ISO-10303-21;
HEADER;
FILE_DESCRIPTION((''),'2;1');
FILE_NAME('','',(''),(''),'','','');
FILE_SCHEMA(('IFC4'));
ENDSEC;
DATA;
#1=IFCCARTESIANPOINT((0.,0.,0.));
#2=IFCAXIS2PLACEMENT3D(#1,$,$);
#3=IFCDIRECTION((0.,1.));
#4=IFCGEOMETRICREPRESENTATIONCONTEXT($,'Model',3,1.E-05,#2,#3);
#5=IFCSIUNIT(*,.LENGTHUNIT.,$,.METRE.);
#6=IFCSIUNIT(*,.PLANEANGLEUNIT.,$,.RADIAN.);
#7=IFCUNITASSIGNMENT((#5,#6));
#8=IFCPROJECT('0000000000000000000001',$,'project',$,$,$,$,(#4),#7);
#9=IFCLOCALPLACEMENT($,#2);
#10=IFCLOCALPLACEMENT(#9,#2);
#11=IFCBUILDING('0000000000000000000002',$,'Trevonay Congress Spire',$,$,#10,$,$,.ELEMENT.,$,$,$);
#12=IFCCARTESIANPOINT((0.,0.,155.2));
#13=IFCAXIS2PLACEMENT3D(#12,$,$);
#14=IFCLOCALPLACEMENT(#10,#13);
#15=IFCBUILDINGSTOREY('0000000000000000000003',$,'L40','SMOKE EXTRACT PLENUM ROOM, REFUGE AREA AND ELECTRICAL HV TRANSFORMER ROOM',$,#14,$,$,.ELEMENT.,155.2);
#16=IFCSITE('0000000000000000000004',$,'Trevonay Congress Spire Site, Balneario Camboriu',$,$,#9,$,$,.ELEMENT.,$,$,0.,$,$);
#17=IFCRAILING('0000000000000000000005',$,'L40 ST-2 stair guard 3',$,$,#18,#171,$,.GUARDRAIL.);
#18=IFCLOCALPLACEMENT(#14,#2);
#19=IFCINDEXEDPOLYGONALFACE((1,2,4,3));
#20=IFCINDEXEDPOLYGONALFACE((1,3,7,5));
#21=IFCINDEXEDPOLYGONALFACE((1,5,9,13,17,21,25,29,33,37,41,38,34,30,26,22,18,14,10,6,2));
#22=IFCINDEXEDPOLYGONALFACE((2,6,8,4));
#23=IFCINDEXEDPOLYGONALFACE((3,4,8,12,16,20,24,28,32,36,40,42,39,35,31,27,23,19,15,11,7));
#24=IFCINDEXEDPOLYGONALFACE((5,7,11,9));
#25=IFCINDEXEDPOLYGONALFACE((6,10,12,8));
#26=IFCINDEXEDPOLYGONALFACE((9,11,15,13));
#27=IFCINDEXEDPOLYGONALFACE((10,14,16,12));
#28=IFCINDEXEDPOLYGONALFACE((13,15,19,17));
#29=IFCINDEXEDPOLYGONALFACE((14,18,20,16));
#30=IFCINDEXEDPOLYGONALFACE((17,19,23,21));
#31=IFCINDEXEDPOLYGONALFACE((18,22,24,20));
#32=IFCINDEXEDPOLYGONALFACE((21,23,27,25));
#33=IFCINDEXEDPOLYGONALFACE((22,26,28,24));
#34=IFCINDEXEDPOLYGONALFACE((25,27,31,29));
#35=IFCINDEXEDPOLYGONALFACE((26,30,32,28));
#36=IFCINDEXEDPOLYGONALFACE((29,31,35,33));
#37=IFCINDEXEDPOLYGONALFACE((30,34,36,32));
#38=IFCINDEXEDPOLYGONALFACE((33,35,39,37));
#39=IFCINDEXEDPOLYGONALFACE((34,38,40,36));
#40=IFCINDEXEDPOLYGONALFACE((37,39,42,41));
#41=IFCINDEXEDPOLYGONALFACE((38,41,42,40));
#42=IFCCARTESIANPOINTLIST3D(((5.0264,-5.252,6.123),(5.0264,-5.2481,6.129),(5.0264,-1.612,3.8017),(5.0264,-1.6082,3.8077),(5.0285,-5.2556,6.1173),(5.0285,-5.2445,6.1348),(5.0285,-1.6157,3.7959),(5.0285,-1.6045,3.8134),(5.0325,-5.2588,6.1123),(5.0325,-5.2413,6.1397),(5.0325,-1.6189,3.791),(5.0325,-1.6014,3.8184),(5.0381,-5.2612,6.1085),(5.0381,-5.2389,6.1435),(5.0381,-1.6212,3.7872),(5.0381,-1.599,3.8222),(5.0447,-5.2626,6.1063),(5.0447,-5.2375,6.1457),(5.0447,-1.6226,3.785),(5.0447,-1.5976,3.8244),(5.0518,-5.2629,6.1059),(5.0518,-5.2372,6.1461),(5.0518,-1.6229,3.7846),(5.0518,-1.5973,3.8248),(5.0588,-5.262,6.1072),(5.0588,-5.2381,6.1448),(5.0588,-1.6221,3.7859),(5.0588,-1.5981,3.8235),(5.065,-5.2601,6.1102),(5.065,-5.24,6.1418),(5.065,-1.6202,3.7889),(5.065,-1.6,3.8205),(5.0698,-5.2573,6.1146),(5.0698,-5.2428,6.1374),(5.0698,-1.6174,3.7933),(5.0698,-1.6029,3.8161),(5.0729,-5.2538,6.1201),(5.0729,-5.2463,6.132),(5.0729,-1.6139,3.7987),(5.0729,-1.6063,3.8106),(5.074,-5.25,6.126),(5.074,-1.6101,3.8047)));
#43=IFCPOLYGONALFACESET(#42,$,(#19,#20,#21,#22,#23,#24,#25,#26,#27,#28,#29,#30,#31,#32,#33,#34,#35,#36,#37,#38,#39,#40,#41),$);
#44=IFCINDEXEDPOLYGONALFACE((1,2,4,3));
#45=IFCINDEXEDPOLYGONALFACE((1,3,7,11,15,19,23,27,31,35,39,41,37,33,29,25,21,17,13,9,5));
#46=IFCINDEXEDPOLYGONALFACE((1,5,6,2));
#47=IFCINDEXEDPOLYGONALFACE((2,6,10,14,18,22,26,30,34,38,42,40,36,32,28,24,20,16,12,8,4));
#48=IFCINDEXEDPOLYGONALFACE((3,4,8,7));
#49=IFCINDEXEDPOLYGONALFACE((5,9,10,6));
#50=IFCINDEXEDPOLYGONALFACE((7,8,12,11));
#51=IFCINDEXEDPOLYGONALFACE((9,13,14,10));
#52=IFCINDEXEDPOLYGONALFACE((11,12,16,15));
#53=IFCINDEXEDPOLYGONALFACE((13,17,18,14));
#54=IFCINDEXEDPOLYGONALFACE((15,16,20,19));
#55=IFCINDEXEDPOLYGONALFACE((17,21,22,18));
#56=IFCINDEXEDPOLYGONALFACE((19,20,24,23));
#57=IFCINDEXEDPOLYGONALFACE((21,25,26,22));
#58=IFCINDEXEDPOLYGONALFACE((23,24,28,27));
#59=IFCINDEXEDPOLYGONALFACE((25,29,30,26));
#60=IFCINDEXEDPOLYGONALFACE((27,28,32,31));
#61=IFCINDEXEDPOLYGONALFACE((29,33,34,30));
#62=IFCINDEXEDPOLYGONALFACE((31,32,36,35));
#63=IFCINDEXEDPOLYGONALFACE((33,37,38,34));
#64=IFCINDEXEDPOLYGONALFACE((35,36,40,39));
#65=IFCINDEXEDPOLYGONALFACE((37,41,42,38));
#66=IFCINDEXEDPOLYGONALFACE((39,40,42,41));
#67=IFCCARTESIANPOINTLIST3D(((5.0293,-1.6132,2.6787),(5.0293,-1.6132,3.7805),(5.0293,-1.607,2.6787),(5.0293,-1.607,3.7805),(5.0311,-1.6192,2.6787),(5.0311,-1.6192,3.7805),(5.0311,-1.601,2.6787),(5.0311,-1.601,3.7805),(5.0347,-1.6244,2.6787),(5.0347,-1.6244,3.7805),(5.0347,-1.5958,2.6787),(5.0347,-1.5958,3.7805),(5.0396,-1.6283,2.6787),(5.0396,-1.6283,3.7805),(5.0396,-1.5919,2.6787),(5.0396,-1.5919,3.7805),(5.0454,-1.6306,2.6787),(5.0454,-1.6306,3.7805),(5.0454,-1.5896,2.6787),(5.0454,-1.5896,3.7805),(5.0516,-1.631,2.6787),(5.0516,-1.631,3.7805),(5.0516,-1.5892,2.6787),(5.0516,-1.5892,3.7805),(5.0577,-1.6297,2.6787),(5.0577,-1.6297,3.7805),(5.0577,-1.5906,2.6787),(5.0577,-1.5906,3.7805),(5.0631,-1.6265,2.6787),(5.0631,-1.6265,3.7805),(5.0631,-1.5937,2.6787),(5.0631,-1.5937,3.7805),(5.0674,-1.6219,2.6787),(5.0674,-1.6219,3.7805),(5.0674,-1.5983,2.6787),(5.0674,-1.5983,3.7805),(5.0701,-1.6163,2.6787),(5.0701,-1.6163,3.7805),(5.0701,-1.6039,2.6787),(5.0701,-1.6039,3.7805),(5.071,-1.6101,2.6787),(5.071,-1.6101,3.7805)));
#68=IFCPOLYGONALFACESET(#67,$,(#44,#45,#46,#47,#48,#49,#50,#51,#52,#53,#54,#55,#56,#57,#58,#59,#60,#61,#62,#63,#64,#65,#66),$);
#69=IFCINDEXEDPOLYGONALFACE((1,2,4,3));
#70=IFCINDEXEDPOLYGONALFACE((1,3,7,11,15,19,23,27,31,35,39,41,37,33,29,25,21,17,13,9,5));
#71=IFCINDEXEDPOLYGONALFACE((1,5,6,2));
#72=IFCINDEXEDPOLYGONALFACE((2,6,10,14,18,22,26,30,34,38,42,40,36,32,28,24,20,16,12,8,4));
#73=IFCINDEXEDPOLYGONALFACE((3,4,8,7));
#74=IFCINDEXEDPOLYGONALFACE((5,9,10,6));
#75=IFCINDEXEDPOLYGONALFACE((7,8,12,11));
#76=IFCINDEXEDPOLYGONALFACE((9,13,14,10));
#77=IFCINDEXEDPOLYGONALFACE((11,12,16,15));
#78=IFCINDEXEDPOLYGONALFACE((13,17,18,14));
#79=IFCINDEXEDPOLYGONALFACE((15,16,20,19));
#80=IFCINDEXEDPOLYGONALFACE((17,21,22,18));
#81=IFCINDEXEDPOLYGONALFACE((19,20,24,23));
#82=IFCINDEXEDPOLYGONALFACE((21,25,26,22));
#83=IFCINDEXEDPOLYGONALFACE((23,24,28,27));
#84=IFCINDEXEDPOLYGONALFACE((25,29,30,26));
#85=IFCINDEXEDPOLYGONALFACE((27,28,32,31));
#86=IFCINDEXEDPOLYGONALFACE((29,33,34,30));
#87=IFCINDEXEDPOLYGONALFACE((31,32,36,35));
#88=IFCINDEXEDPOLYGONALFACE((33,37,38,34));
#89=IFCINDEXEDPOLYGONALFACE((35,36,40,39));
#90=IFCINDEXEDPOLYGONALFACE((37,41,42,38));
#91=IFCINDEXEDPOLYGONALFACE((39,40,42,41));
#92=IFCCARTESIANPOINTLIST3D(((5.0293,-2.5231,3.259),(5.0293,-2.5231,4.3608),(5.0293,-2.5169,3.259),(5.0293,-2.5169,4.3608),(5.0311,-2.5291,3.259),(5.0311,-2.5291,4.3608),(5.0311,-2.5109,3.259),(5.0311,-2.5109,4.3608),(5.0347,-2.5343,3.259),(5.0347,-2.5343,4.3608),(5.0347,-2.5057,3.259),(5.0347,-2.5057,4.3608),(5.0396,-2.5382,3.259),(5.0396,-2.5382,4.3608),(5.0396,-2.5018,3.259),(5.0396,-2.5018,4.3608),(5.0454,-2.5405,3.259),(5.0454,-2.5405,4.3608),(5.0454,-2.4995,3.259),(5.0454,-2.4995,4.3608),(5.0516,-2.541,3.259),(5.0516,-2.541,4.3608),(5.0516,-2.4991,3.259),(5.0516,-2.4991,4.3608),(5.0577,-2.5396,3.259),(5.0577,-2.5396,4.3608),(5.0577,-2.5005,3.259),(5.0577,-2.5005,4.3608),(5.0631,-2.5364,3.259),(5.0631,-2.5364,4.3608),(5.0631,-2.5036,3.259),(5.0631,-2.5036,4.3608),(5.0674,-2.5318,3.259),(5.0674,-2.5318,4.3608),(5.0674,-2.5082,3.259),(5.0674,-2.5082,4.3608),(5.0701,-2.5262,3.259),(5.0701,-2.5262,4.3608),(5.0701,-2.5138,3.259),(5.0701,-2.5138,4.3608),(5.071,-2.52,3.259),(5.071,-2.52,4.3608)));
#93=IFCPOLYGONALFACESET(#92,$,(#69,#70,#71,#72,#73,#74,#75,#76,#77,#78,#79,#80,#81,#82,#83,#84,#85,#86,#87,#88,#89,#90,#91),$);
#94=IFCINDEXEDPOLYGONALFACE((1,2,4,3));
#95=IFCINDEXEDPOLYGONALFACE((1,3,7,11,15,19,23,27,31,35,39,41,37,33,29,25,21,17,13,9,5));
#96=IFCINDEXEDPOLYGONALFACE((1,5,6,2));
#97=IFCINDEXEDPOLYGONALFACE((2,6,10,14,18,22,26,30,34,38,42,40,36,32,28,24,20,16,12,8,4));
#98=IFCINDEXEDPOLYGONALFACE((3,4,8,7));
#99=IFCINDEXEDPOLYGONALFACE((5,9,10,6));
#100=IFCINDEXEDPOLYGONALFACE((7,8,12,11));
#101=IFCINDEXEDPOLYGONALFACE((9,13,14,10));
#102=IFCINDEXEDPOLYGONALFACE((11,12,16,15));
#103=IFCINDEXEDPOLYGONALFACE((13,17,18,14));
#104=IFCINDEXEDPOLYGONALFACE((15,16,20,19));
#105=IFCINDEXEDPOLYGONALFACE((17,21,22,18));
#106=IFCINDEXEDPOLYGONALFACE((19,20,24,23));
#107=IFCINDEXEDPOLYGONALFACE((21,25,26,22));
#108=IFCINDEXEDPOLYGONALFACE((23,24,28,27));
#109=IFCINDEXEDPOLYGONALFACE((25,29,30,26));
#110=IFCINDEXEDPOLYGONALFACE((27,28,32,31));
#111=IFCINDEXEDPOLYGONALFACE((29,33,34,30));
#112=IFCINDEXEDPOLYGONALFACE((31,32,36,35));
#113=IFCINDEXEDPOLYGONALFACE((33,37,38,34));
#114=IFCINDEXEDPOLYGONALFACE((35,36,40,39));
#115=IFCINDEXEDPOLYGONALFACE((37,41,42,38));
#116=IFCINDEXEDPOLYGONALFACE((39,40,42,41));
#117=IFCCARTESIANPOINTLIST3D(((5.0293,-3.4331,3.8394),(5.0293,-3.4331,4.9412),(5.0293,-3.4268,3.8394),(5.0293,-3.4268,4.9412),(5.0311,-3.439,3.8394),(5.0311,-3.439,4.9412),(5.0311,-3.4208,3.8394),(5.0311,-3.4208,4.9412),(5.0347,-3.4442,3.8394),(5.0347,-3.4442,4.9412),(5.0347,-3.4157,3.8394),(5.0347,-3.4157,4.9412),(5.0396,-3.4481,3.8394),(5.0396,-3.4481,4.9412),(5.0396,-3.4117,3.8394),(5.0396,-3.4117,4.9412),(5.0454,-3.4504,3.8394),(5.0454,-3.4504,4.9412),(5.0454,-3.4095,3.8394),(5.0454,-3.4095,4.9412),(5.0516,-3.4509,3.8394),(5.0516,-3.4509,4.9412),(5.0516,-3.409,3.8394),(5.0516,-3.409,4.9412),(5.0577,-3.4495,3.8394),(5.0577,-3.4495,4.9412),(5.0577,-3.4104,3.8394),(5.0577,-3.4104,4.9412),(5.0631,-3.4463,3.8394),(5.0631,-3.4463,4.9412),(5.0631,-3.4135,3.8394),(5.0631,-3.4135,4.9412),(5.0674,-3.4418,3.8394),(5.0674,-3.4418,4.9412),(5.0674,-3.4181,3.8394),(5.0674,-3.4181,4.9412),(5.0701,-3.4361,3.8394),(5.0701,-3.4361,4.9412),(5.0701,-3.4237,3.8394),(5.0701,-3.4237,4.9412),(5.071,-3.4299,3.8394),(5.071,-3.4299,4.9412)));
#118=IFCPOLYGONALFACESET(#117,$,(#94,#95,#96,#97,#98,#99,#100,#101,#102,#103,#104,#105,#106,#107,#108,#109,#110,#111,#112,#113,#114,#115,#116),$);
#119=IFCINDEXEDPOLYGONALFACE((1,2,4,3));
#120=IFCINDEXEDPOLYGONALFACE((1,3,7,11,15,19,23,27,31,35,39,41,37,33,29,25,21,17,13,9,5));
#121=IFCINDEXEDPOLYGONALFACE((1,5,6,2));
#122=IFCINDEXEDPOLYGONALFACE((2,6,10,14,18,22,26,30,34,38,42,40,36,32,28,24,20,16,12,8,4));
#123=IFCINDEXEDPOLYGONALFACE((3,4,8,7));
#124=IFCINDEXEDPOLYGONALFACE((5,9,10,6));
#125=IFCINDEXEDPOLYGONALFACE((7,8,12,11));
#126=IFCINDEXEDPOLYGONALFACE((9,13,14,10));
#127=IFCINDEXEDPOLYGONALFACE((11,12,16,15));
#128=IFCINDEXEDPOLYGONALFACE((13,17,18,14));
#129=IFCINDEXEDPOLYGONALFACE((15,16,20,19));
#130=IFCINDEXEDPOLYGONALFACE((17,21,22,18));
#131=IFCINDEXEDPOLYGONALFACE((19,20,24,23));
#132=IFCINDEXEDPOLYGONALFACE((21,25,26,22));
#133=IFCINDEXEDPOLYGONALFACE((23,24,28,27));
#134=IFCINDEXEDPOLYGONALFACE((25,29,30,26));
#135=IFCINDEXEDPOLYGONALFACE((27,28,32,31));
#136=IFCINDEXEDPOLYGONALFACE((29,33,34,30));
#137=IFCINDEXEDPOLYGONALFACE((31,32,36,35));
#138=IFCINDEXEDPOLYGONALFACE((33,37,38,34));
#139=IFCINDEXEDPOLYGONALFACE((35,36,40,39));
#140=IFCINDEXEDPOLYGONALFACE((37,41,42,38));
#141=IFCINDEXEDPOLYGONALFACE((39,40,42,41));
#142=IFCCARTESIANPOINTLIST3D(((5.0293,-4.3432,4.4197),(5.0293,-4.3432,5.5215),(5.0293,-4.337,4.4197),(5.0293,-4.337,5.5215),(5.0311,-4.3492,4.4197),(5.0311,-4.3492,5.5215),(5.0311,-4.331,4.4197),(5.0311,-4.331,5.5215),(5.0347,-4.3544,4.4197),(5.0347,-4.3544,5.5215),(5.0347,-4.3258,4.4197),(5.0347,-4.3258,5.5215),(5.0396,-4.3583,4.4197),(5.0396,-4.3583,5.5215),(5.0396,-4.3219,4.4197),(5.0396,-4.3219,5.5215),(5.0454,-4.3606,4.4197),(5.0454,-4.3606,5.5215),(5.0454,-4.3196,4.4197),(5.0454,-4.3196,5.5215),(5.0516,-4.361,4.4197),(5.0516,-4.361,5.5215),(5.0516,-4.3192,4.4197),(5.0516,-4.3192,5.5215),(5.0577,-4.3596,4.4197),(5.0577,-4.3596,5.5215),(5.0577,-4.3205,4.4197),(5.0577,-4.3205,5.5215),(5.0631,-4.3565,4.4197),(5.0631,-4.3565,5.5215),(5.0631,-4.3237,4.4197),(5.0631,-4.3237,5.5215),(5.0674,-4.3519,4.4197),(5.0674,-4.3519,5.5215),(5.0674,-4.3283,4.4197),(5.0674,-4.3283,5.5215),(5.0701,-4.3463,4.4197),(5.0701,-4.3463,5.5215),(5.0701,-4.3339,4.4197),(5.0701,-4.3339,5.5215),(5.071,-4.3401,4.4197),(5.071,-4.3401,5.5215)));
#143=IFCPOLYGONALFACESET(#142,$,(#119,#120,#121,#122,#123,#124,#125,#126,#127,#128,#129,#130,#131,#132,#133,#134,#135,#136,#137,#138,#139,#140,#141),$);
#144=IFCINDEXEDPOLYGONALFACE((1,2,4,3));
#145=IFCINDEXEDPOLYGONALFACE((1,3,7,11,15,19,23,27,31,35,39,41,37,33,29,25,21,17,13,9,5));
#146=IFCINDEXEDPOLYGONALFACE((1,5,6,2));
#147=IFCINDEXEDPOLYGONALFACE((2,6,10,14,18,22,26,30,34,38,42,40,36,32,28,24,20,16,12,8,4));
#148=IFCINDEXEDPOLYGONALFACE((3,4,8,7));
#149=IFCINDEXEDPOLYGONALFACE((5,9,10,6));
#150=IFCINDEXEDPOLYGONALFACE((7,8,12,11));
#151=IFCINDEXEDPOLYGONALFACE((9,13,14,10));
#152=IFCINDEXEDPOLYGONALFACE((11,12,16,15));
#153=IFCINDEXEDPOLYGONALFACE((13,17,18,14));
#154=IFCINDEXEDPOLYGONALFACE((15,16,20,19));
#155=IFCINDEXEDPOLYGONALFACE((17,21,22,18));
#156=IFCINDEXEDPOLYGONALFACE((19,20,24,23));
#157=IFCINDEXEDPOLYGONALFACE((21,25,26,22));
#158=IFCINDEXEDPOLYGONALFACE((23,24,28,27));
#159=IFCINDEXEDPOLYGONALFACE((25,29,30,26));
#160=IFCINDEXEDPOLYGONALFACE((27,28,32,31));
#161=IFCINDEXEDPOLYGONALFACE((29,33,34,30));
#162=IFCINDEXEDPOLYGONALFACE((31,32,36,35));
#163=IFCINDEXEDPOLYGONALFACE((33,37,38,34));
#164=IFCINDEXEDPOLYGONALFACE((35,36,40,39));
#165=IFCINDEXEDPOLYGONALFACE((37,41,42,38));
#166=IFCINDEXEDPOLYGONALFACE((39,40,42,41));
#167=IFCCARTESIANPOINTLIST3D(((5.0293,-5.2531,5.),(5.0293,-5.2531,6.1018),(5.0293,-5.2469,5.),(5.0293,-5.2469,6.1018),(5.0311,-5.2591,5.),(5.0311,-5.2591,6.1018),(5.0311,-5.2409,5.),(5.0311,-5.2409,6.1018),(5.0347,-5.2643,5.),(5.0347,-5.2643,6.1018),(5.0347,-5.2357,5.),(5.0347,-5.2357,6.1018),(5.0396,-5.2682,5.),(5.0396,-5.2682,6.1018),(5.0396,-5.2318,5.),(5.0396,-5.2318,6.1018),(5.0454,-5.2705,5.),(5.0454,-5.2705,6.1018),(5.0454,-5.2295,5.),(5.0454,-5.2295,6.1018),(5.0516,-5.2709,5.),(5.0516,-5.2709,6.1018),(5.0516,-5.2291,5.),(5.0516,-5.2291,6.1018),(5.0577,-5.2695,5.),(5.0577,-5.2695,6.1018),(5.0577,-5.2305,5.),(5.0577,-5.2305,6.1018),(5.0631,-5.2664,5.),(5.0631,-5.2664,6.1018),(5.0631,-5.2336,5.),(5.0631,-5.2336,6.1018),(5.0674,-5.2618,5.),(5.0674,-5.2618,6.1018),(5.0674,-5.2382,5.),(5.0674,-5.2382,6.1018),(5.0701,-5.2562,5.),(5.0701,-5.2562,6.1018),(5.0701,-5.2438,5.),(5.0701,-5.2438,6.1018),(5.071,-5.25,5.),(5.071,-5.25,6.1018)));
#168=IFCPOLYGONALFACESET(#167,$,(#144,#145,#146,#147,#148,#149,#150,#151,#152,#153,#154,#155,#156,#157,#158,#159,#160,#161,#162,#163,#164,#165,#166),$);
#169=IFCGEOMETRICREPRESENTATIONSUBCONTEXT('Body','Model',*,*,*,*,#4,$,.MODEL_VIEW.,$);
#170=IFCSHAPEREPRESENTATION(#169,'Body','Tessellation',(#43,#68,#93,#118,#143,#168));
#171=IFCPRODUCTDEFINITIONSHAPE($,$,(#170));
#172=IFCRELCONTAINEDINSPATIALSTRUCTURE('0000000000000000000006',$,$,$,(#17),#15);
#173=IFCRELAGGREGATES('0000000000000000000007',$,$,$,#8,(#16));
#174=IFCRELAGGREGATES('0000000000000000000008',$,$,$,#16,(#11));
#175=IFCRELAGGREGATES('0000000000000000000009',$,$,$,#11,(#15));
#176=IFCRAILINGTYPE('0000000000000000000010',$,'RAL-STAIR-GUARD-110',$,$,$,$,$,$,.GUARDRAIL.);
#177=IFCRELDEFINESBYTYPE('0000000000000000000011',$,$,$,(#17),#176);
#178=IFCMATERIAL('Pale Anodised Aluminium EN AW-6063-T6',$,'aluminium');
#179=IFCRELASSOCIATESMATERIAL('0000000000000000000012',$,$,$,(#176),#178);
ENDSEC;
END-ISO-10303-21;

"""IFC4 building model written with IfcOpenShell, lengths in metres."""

from ifc_helpers import new_model, si_unit, direction, frame, origin, origin_2d, place, context, subcontext, project, spatial, circle, extrude, material, type_object, element, save


model = new_model("IFC4")

# Units and contexts
model_context = context("Model", 3, precision=1e-05, world=origin(), true_north=direction((0.0, 1.0)))
body_context = subcontext(model_context, "Body", "Model", "MODEL_VIEW")
ifc_project = project(units=[si_unit("LENGTHUNIT", "METRE"), si_unit("PLANEANGLEUNIT", "RADIAN")], contexts=[model_context])

# Site, building, storey
site_placement = place(None, origin())
site = spatial("IfcSite", under=ifc_project, at=site_placement, Name="Trevonay Congress Spire Site, Balneario Camboriu", CompositionType="ELEMENT", RefElevation=0.0)
building_placement = place(site_placement, origin())
building = spatial("IfcBuilding", under=site, at=building_placement, Name="Trevonay Congress Spire", CompositionType="ELEMENT")
storey_placement = place(building_placement, frame((0.0, 0.0, 155.2)))
storey = spatial("IfcBuildingStorey", under=building, at=storey_placement, Name="L40", Description="SMOKE EXTRACT PLENUM ROOM, REFUGE AREA AND ELECTRICAL HV TRANSFORMER ROOM", CompositionType="ELEMENT", Elevation=155.2)

# Shared definitions
ifc_material_1 = material(Name="Pale Anodised Aluminium EN AW-6063-T6", Category="aluminium")

# Railing
railing_type_1 = type_object("IfcRailingType", Name="RAL-STAIR-GUARD-110", PredefinedType="GUARDRAIL", material=ifc_material_1)
railing_1_placement = place(storey_placement, frame((5.05, -1.6101, 2.6787)))
element("IfcRailing", 1, at=railing_1_placement, inside=storey, type_object=railing_type_1, Name="L40 ST-2 stair guard 3", PredefinedType="GUARDRAIL", context=body_context, shape_type="SweptSolid", body=[
    extrude(circle(Radius=0.0239, at=origin_2d()), frame((0.0, 0.0, 1.126), z_axis=(0.0, -0.843137, 0.537699), x_axis=(1.0, 0.0, 0.0)), (0.0, 0.0, 1.0), 4.3171),
    extrude(circle(Radius=0.021, at=origin_2d()), origin(), (0.0, 0.0, 1.0), 1.1018),
    extrude(circle(Radius=0.021, at=origin_2d()), frame((0.0, -0.9099, 0.5803)), (0.0, 0.0, 1.0), 1.1018),
    extrude(circle(Radius=0.021, at=origin_2d()), frame((0.0, -1.8198, 1.1606)), (0.0, 0.0, 1.0), 1.1018),
    extrude(circle(Radius=0.021, at=origin_2d()), frame((0.0, -2.73, 1.741)), (0.0, 0.0, 1.0), 1.1018),
    extrude(circle(Radius=0.021, at=origin_2d()), frame((0.0, -3.6399, 2.3213)), (0.0, 0.0, 1.0), 1.1018),
])

save(model, "model.ifc")
